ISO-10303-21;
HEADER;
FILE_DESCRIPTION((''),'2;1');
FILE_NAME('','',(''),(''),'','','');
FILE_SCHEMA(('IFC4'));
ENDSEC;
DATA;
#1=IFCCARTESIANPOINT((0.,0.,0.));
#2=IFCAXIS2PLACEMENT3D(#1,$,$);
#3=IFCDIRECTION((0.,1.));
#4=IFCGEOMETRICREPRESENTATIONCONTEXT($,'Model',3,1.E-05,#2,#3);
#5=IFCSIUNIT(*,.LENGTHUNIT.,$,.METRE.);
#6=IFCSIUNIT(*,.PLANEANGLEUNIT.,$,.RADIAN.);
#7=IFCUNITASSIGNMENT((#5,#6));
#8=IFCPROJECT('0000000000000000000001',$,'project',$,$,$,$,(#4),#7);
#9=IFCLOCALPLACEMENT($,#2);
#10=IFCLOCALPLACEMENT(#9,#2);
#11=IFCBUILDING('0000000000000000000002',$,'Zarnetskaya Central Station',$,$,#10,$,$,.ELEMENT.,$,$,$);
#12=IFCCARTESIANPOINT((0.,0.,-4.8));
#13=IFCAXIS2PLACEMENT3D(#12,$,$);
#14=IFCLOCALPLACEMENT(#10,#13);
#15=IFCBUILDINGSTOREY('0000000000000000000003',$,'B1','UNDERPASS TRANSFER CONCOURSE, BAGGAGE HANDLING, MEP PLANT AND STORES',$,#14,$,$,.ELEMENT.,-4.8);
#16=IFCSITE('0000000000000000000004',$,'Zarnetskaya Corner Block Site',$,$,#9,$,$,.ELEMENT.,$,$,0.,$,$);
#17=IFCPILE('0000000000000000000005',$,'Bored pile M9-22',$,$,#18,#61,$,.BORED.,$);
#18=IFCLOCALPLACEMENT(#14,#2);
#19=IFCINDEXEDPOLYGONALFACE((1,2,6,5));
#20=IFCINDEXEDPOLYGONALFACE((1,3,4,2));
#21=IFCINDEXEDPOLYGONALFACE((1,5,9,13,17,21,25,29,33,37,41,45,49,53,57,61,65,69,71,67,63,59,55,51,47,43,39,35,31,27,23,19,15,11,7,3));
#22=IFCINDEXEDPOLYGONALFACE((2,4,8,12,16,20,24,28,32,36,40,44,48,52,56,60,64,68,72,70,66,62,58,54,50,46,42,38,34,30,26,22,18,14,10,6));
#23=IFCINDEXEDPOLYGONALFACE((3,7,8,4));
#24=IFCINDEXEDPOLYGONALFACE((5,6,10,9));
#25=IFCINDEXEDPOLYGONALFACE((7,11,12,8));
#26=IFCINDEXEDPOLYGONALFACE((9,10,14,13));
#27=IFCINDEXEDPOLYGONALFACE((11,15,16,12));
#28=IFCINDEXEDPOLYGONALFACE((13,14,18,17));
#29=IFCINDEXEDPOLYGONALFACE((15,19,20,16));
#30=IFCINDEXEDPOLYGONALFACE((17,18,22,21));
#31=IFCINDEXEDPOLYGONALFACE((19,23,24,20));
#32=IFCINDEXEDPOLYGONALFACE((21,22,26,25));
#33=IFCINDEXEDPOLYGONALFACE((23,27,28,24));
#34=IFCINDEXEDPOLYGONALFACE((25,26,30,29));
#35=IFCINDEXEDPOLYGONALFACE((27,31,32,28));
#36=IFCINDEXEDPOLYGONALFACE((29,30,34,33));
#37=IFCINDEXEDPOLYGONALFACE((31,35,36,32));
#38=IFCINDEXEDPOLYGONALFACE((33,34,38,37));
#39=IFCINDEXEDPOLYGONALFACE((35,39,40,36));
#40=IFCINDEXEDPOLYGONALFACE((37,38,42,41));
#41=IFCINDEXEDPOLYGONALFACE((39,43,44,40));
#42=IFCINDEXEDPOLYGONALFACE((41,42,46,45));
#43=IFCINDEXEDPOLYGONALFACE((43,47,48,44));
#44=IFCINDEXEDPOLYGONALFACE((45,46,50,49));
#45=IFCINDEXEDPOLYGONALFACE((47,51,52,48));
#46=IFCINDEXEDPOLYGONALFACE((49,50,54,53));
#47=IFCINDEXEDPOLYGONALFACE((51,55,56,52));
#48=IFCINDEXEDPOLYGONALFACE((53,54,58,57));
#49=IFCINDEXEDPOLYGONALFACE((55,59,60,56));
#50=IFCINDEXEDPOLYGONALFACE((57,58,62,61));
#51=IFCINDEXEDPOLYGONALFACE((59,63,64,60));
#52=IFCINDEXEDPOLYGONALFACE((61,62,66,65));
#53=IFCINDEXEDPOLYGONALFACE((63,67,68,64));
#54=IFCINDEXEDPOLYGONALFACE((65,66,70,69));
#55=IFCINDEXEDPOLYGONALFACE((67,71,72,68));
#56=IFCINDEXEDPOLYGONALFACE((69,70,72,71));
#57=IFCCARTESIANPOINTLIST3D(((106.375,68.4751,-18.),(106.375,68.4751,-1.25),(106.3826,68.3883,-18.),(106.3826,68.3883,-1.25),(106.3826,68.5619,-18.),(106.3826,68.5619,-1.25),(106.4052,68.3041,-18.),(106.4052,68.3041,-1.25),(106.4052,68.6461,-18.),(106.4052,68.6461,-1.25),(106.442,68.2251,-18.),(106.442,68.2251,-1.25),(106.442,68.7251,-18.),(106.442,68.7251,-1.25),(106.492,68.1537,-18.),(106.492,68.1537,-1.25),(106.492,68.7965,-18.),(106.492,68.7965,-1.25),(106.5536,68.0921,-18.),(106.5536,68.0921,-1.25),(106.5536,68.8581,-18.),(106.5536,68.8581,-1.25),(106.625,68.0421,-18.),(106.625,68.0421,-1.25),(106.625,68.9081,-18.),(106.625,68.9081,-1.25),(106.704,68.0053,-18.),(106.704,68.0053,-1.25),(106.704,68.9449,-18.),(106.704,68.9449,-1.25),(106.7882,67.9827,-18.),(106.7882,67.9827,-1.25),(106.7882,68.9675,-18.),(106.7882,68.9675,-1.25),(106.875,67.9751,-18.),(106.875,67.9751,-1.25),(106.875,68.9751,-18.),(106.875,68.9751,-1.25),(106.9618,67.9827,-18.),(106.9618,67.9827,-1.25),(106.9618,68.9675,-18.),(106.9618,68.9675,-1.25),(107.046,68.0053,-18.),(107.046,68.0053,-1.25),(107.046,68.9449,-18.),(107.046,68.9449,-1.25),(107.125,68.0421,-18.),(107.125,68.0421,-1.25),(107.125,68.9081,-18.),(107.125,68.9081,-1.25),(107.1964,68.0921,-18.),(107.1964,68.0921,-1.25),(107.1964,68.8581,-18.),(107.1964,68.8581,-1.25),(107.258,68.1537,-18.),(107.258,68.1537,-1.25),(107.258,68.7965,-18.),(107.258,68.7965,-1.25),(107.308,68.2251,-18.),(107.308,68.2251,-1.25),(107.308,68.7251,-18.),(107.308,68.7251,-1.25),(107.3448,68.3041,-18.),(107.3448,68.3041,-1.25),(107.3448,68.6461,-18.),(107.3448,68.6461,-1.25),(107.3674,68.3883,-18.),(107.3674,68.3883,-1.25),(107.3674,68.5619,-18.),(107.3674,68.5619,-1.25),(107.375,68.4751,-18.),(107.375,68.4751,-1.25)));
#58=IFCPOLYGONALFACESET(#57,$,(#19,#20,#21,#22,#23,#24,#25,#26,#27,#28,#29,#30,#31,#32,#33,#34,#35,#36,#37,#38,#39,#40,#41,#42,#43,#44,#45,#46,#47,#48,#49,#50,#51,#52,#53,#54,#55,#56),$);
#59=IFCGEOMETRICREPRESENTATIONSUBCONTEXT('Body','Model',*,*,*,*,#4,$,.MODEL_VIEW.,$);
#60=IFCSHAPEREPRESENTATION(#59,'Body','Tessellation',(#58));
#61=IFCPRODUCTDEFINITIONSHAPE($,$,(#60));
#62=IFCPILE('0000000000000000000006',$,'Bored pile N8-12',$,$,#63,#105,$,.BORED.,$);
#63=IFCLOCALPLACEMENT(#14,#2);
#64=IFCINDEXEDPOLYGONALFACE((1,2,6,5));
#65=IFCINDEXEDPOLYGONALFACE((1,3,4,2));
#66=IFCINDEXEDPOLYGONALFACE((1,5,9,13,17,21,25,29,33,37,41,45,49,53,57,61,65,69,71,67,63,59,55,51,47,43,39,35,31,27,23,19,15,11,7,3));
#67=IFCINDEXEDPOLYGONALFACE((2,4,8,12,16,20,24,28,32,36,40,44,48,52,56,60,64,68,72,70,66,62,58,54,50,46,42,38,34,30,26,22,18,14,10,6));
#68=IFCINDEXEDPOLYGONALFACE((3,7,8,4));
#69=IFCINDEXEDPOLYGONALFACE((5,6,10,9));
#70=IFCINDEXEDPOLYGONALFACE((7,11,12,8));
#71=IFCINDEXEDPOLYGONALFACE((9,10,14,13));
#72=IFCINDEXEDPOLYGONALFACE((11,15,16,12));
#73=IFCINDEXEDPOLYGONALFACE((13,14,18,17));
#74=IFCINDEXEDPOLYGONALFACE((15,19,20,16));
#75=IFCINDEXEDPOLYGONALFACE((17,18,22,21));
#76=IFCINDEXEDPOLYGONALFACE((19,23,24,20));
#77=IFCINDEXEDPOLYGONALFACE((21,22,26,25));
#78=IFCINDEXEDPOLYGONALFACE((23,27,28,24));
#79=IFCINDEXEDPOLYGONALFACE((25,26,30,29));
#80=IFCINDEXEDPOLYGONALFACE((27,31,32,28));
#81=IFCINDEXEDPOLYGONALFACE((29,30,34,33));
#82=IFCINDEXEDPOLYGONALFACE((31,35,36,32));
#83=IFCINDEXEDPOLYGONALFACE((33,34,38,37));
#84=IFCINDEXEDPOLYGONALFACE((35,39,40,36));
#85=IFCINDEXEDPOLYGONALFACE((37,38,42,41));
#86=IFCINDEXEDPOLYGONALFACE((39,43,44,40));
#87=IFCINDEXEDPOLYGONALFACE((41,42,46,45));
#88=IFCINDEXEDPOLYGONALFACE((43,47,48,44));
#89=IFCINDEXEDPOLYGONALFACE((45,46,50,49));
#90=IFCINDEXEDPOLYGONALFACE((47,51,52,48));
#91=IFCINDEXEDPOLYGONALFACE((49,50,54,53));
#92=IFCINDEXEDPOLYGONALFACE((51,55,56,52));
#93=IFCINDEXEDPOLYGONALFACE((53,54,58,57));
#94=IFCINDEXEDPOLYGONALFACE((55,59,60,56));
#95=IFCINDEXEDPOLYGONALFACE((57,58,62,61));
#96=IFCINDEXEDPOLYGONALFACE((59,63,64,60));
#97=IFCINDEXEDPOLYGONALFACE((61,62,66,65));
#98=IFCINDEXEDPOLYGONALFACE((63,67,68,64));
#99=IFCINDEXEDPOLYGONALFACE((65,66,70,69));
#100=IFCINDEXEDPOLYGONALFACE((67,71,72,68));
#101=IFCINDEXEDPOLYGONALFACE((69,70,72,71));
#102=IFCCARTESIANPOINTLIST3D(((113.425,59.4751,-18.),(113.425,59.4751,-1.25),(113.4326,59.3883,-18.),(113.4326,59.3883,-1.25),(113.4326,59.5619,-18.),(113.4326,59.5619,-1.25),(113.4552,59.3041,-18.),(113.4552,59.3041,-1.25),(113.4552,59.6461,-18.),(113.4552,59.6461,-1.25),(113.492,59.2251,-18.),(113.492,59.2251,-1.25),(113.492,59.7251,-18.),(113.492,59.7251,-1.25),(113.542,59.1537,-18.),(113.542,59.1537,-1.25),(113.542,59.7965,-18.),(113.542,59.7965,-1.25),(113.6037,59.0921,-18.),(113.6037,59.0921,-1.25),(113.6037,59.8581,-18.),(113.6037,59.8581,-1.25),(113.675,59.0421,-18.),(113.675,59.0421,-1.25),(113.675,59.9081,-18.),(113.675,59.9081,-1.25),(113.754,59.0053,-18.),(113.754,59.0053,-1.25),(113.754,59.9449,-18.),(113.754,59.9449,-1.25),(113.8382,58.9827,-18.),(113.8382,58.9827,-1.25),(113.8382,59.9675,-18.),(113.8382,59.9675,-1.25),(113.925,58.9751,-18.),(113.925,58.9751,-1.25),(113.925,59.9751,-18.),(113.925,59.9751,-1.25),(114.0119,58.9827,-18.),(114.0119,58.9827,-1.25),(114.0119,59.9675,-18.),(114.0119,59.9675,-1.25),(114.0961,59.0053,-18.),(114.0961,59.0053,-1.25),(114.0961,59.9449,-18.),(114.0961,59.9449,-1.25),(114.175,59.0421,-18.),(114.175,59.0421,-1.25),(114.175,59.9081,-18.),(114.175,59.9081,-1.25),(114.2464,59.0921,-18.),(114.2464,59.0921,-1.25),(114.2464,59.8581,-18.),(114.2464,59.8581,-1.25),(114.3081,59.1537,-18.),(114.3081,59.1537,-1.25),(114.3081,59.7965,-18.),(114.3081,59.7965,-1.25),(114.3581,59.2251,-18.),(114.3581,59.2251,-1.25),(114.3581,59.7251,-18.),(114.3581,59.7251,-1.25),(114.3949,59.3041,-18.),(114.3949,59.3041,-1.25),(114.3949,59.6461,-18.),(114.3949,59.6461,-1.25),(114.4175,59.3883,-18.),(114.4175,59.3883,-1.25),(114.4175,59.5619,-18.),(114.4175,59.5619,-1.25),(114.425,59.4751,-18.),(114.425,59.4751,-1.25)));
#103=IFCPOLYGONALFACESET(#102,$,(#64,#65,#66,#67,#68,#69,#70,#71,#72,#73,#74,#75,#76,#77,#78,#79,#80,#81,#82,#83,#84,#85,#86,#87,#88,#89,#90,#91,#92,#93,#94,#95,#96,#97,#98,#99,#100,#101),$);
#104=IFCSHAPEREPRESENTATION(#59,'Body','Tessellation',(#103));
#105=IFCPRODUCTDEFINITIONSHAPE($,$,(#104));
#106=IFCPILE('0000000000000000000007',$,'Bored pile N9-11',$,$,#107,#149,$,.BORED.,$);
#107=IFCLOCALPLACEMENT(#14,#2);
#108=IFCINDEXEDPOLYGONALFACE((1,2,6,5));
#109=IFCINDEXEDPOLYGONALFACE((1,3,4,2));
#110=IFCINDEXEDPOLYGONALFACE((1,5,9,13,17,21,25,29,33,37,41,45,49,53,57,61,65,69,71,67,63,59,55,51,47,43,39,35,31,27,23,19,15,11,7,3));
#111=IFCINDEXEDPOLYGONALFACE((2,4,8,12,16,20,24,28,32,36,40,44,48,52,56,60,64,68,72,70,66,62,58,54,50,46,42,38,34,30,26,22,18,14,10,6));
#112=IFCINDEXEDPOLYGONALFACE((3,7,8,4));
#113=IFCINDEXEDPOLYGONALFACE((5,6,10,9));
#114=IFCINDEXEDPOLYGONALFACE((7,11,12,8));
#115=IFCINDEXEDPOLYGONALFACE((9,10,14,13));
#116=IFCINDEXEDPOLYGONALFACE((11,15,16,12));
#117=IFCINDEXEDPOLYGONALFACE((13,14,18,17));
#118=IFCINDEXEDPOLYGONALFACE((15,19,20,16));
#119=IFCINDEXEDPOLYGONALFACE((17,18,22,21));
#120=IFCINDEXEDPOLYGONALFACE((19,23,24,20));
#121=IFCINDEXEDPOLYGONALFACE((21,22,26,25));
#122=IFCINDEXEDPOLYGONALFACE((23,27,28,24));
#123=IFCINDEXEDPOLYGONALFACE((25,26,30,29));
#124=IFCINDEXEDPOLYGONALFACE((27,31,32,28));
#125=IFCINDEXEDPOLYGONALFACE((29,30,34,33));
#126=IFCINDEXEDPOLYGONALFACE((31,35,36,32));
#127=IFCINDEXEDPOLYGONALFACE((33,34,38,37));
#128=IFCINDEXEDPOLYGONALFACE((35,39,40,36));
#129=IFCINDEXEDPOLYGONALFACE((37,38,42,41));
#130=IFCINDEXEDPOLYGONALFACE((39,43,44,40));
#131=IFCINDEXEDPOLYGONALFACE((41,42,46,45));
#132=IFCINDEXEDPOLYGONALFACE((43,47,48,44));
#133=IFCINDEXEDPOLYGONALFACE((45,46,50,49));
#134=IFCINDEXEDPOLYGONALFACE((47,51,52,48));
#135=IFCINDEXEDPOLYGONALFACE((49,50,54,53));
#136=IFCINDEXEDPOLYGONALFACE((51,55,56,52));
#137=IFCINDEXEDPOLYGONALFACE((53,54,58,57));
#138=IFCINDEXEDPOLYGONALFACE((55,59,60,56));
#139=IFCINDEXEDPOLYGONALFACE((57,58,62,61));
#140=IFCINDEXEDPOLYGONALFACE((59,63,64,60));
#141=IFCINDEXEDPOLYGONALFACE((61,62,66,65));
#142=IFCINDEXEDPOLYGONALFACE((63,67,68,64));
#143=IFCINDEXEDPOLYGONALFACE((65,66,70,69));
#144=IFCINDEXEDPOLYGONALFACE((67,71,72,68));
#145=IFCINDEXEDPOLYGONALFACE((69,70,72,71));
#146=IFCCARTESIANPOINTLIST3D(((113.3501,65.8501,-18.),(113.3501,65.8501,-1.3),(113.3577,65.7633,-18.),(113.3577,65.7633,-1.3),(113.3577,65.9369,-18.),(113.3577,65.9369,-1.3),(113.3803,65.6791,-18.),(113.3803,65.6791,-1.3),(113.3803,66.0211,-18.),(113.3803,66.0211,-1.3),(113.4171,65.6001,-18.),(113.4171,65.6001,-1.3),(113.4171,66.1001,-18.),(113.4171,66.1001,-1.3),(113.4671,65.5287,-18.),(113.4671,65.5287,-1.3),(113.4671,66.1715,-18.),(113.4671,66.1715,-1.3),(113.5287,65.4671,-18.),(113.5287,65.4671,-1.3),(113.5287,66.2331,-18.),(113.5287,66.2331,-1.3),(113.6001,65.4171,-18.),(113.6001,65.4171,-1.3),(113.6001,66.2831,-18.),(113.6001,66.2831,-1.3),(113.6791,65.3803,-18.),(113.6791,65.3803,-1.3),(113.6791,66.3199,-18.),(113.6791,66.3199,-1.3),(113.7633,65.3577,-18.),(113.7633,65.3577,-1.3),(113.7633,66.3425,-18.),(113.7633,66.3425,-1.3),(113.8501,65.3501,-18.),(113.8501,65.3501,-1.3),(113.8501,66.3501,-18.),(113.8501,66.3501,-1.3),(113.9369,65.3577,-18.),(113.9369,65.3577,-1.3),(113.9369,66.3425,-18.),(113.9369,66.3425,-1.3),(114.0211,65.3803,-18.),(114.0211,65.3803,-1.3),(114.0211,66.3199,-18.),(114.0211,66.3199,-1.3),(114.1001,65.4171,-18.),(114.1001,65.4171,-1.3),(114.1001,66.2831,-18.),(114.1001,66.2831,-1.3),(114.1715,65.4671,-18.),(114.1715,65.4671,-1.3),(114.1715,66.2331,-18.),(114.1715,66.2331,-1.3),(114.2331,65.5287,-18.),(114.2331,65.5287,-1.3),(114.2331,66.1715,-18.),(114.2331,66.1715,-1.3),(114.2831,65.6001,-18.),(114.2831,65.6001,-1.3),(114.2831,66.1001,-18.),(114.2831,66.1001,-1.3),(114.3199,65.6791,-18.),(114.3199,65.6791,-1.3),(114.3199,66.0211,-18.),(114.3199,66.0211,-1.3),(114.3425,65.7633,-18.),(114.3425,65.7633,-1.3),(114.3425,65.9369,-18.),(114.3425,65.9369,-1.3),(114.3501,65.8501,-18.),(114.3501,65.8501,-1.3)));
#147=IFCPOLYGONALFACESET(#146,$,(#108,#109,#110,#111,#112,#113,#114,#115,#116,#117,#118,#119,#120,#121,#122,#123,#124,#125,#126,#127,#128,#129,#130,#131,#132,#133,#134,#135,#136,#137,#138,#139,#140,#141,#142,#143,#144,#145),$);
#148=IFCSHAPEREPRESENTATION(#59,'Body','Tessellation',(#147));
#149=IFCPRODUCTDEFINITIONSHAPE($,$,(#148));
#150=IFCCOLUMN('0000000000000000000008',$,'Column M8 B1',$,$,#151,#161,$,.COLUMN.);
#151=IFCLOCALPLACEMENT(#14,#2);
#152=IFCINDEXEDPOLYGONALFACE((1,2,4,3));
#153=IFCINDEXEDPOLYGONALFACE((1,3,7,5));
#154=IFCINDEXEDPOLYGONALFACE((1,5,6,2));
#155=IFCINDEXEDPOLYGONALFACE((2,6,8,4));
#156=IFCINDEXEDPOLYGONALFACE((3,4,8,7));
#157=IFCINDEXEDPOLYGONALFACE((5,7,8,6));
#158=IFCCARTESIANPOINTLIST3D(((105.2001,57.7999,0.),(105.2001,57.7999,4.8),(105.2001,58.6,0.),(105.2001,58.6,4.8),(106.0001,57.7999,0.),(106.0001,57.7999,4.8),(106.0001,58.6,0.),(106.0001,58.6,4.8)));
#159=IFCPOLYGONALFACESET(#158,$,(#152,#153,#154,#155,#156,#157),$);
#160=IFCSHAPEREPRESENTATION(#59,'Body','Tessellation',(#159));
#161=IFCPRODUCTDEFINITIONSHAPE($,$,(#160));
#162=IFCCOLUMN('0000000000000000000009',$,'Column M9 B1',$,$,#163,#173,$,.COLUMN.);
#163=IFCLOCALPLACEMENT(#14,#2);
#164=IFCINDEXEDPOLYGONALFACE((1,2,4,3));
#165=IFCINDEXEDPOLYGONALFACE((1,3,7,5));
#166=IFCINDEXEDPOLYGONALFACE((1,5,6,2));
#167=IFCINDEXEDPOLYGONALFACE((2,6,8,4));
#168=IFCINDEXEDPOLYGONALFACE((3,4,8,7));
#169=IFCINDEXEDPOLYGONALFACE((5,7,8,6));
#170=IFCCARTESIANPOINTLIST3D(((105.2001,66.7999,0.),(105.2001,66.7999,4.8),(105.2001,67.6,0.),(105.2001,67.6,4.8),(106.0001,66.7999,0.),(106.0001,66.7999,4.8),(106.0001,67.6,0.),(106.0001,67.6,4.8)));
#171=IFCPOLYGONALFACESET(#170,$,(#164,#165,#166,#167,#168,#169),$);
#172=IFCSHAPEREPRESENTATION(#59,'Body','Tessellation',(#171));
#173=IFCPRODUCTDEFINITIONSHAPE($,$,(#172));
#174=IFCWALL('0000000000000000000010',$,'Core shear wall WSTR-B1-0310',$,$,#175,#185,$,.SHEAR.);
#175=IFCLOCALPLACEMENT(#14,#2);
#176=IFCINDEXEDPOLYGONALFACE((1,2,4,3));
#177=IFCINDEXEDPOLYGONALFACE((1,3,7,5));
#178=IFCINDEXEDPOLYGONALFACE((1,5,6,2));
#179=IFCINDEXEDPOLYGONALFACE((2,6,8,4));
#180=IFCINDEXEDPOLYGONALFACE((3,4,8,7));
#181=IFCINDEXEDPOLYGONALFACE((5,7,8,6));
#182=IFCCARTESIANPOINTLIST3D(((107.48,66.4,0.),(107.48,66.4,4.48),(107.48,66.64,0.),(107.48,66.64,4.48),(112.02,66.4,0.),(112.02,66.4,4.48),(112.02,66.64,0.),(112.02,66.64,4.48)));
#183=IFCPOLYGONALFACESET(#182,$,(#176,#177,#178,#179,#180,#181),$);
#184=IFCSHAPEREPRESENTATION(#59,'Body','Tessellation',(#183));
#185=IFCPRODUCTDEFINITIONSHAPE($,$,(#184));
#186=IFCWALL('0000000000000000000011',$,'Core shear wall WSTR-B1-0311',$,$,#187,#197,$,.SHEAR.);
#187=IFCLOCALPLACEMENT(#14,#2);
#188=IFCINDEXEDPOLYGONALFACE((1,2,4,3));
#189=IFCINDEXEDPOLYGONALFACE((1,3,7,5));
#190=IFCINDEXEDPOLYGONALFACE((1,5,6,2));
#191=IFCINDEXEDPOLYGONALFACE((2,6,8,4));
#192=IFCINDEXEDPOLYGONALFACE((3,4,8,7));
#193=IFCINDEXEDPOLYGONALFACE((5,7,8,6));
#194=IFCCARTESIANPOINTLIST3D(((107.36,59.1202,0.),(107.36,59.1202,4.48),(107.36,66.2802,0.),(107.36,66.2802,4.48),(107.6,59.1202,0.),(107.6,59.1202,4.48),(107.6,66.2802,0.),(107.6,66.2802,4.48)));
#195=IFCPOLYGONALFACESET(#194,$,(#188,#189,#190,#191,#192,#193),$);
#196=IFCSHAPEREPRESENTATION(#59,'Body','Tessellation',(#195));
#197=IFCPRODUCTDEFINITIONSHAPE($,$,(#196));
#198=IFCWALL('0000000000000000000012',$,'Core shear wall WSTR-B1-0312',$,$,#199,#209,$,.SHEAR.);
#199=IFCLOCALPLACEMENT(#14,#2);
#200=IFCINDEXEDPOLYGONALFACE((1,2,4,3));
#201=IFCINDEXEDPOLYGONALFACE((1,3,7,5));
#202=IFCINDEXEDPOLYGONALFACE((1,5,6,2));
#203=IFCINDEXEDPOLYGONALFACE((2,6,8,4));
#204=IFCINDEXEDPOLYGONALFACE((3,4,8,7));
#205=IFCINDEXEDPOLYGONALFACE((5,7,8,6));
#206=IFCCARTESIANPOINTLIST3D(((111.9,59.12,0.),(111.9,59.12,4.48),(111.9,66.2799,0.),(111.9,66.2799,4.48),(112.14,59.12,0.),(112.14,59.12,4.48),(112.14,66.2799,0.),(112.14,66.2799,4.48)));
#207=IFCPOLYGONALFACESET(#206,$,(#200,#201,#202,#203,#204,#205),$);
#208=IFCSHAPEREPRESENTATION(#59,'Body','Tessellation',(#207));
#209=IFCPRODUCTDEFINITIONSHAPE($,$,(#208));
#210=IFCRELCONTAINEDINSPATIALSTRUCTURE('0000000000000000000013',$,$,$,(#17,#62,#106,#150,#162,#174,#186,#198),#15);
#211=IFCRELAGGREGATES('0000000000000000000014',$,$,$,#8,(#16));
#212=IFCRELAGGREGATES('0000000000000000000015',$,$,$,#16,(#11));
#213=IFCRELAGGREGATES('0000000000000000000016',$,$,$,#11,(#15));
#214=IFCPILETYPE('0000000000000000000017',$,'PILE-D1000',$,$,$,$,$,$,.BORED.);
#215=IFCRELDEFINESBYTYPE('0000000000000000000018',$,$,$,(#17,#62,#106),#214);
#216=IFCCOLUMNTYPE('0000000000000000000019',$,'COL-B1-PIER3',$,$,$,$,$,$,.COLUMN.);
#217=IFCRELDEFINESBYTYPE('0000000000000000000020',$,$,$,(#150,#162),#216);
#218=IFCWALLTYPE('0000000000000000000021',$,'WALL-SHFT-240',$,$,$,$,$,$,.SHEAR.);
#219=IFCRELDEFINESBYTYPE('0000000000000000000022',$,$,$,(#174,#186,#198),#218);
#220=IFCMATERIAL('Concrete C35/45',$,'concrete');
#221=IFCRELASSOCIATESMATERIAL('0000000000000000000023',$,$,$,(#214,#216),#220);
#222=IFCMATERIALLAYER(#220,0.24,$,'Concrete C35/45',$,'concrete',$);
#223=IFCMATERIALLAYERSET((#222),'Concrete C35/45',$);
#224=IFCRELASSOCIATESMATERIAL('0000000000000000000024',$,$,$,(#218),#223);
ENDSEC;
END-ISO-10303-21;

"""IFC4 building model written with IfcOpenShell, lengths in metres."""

from ifc_helpers import new_model, si_unit, direction, frame, frame_2d, origin, origin_2d, place, context, subcontext, project, spatial, rectangle, circle, extrude, material, layer, layer_set, material_profile, profile_set, type_object, element, save


model = new_model("IFC4")

# Units and contexts
model_context = context("Model", 3, precision=1e-05, world=origin(), true_north=direction((0.0, 1.0)))
body_context = subcontext(model_context, "Body", "Model", "MODEL_VIEW")
ifc_project = project(units=[si_unit("LENGTHUNIT", "METRE"), si_unit("PLANEANGLEUNIT", "RADIAN")], contexts=[model_context])

# Site, building, storey
site_placement = place(None, origin())
site = spatial("IfcSite", under=ifc_project, at=site_placement, Name="Zarnetskaya Corner Block Site", CompositionType="ELEMENT", RefElevation=0.0)
building_placement = place(site_placement, origin())
building = spatial("IfcBuilding", under=site, at=building_placement, Name="Zarnetskaya Central Station", CompositionType="ELEMENT")
storey_placement = place(building_placement, frame((0.0, 0.0, -4.8)))
storey = spatial("IfcBuildingStorey", under=building, at=storey_placement, Name="B1", Description="UNDERPASS TRANSFER CONCOURSE, BAGGAGE HANDLING, MEP PLANT AND STORES", CompositionType="ELEMENT", Elevation=-4.8)

# Shared definitions
ifc_material_1 = material(Name="Concrete C35/45", Category="concrete")

# Piles
ifc_material_profile_1 = material_profile(ifc_material_1, circle(Radius=0.5, at=origin_2d()), Name="BORED PILE D1000")
ifc_profile_set_1 = profile_set([ifc_material_profile_1], Name="Concrete C35/45")
pile_type = type_object("IfcPileType", Name="PILE-D1000", PredefinedType="BORED", material=ifc_profile_set_1)
for number, where, z_axis, x_axis, name in (
    (1, (106.875, 68.4751, -1.25), (0.0, 0.0, -1.0), (1.0, 0.0, 0.0), "Bored pile M9-22"),
    (2, (113.925, 59.4751, -1.25), (0.0, 0.0, -1.0), (1.0, 0.0, 0.0), "Bored pile N8-12"),
):
    element("IfcPile", number, at=place(storey_placement, frame(where, z_axis=z_axis, x_axis=x_axis)), inside=storey, type_object=pile_type, Name=name, PredefinedType="BORED", context=body_context, shape_type="SweptSolid", body=[
        extrude(circle(Radius=0.5, at=origin_2d()), origin(), (0.0, 0.0, 1.0), 16.75),
    ])
pile_1_placement = place(storey_placement, frame((113.8501, 65.8501, -1.3), z_axis=(0.0, 0.0, -1.0), x_axis=(1.0, 0.0, 0.0)))
element("IfcPile", 3, at=pile_1_placement, inside=storey, type_object=pile_type, Name="Bored pile N9-11", PredefinedType="BORED", context=body_context, shape_type="SweptSolid", body=[
    extrude(circle(Radius=0.5, at=origin_2d()), origin(), (0.0, 0.0, 1.0), 16.7),
])

# Columns
ifc_material_profile_2 = material_profile(ifc_material_1, rectangle(XDim=0.8, YDim=0.8, at=origin_2d()), Name="RC 800x800")
ifc_profile_set_2 = profile_set([ifc_material_profile_2], Name="Concrete C35/45")
column_type = type_object("IfcColumnType", Name="COL-B1-PIER3", PredefinedType="COLUMN", material=ifc_profile_set_2)
for number, where, z_axis, x_axis, name in (
    (4, (105.6001, 58.2, 0.0), (0.0, 0.0, 1.0), (1.0, 0.0, 0.0), "Column M8 B1"),
    (5, (105.6001, 67.2, 0.0), (0.0, 0.0, 1.0), (1.0, 0.0, 0.0), "Column M9 B1"),
):
    element("IfcColumn", number, at=place(storey_placement, frame(where, z_axis=z_axis, x_axis=x_axis)), inside=storey, type_object=column_type, Name=name, PredefinedType="COLUMN", context=body_context, shape_type="SweptSolid", body=[
        extrude(rectangle(XDim=0.8, YDim=0.8, at=origin_2d()), origin(), (0.0, 0.0, 1.0), 4.8),
    ])

# Shared definitions
ifc_layer = layer(ifc_material_1, 0.24, Name="Concrete C35/45", Category="concrete")
ifc_layer_set = layer_set([ifc_layer], Name="Concrete C35/45")
wall_type = type_object("IfcWallType", Name="WALL-SHFT-240", PredefinedType="SHEAR", material=ifc_layer_set)

# Walls
wall_1_placement = place(storey_placement, frame((107.48, 66.52, 0.0), z_axis=(0.0, 0.0, 1.0), x_axis=(1.0, 0.0, 0.0)))
element("IfcWall", 6, at=wall_1_placement, inside=storey, type_object=wall_type, Name="Core shear wall WSTR-B1-0310", PredefinedType="SHEAR", context=body_context, shape_type="SweptSolid", body=[
    extrude(rectangle(XDim=4.54, YDim=0.24, at=frame_2d((2.27, 0.0))), origin(), (0.0, 0.0, 1.0), 4.48),
])
for number, where, z_axis, x_axis, name in (
    (7, (107.48, 59.1201, 0.0), (0.0, 0.0, 1.0), (0.0, 1.0, 0.0), "Core shear wall WSTR-B1-0311"),
    (8, (112.02, 66.28, 0.0), (0.0, 0.0, 1.0), (0.0, -1.0, 0.0), "Core shear wall WSTR-B1-0312"),
):
    element("IfcWall", number, at=place(storey_placement, frame(where, z_axis=z_axis, x_axis=x_axis)), inside=storey, type_object=wall_type, Name=name, PredefinedType="SHEAR", context=body_context, shape_type="SweptSolid", body=[
        extrude(rectangle(XDim=7.1599, YDim=0.24, at=frame_2d((3.5801, 0.0))), origin(), (0.0, 0.0, 1.0), 4.48),
    ])

save(model, "model.ifc")
